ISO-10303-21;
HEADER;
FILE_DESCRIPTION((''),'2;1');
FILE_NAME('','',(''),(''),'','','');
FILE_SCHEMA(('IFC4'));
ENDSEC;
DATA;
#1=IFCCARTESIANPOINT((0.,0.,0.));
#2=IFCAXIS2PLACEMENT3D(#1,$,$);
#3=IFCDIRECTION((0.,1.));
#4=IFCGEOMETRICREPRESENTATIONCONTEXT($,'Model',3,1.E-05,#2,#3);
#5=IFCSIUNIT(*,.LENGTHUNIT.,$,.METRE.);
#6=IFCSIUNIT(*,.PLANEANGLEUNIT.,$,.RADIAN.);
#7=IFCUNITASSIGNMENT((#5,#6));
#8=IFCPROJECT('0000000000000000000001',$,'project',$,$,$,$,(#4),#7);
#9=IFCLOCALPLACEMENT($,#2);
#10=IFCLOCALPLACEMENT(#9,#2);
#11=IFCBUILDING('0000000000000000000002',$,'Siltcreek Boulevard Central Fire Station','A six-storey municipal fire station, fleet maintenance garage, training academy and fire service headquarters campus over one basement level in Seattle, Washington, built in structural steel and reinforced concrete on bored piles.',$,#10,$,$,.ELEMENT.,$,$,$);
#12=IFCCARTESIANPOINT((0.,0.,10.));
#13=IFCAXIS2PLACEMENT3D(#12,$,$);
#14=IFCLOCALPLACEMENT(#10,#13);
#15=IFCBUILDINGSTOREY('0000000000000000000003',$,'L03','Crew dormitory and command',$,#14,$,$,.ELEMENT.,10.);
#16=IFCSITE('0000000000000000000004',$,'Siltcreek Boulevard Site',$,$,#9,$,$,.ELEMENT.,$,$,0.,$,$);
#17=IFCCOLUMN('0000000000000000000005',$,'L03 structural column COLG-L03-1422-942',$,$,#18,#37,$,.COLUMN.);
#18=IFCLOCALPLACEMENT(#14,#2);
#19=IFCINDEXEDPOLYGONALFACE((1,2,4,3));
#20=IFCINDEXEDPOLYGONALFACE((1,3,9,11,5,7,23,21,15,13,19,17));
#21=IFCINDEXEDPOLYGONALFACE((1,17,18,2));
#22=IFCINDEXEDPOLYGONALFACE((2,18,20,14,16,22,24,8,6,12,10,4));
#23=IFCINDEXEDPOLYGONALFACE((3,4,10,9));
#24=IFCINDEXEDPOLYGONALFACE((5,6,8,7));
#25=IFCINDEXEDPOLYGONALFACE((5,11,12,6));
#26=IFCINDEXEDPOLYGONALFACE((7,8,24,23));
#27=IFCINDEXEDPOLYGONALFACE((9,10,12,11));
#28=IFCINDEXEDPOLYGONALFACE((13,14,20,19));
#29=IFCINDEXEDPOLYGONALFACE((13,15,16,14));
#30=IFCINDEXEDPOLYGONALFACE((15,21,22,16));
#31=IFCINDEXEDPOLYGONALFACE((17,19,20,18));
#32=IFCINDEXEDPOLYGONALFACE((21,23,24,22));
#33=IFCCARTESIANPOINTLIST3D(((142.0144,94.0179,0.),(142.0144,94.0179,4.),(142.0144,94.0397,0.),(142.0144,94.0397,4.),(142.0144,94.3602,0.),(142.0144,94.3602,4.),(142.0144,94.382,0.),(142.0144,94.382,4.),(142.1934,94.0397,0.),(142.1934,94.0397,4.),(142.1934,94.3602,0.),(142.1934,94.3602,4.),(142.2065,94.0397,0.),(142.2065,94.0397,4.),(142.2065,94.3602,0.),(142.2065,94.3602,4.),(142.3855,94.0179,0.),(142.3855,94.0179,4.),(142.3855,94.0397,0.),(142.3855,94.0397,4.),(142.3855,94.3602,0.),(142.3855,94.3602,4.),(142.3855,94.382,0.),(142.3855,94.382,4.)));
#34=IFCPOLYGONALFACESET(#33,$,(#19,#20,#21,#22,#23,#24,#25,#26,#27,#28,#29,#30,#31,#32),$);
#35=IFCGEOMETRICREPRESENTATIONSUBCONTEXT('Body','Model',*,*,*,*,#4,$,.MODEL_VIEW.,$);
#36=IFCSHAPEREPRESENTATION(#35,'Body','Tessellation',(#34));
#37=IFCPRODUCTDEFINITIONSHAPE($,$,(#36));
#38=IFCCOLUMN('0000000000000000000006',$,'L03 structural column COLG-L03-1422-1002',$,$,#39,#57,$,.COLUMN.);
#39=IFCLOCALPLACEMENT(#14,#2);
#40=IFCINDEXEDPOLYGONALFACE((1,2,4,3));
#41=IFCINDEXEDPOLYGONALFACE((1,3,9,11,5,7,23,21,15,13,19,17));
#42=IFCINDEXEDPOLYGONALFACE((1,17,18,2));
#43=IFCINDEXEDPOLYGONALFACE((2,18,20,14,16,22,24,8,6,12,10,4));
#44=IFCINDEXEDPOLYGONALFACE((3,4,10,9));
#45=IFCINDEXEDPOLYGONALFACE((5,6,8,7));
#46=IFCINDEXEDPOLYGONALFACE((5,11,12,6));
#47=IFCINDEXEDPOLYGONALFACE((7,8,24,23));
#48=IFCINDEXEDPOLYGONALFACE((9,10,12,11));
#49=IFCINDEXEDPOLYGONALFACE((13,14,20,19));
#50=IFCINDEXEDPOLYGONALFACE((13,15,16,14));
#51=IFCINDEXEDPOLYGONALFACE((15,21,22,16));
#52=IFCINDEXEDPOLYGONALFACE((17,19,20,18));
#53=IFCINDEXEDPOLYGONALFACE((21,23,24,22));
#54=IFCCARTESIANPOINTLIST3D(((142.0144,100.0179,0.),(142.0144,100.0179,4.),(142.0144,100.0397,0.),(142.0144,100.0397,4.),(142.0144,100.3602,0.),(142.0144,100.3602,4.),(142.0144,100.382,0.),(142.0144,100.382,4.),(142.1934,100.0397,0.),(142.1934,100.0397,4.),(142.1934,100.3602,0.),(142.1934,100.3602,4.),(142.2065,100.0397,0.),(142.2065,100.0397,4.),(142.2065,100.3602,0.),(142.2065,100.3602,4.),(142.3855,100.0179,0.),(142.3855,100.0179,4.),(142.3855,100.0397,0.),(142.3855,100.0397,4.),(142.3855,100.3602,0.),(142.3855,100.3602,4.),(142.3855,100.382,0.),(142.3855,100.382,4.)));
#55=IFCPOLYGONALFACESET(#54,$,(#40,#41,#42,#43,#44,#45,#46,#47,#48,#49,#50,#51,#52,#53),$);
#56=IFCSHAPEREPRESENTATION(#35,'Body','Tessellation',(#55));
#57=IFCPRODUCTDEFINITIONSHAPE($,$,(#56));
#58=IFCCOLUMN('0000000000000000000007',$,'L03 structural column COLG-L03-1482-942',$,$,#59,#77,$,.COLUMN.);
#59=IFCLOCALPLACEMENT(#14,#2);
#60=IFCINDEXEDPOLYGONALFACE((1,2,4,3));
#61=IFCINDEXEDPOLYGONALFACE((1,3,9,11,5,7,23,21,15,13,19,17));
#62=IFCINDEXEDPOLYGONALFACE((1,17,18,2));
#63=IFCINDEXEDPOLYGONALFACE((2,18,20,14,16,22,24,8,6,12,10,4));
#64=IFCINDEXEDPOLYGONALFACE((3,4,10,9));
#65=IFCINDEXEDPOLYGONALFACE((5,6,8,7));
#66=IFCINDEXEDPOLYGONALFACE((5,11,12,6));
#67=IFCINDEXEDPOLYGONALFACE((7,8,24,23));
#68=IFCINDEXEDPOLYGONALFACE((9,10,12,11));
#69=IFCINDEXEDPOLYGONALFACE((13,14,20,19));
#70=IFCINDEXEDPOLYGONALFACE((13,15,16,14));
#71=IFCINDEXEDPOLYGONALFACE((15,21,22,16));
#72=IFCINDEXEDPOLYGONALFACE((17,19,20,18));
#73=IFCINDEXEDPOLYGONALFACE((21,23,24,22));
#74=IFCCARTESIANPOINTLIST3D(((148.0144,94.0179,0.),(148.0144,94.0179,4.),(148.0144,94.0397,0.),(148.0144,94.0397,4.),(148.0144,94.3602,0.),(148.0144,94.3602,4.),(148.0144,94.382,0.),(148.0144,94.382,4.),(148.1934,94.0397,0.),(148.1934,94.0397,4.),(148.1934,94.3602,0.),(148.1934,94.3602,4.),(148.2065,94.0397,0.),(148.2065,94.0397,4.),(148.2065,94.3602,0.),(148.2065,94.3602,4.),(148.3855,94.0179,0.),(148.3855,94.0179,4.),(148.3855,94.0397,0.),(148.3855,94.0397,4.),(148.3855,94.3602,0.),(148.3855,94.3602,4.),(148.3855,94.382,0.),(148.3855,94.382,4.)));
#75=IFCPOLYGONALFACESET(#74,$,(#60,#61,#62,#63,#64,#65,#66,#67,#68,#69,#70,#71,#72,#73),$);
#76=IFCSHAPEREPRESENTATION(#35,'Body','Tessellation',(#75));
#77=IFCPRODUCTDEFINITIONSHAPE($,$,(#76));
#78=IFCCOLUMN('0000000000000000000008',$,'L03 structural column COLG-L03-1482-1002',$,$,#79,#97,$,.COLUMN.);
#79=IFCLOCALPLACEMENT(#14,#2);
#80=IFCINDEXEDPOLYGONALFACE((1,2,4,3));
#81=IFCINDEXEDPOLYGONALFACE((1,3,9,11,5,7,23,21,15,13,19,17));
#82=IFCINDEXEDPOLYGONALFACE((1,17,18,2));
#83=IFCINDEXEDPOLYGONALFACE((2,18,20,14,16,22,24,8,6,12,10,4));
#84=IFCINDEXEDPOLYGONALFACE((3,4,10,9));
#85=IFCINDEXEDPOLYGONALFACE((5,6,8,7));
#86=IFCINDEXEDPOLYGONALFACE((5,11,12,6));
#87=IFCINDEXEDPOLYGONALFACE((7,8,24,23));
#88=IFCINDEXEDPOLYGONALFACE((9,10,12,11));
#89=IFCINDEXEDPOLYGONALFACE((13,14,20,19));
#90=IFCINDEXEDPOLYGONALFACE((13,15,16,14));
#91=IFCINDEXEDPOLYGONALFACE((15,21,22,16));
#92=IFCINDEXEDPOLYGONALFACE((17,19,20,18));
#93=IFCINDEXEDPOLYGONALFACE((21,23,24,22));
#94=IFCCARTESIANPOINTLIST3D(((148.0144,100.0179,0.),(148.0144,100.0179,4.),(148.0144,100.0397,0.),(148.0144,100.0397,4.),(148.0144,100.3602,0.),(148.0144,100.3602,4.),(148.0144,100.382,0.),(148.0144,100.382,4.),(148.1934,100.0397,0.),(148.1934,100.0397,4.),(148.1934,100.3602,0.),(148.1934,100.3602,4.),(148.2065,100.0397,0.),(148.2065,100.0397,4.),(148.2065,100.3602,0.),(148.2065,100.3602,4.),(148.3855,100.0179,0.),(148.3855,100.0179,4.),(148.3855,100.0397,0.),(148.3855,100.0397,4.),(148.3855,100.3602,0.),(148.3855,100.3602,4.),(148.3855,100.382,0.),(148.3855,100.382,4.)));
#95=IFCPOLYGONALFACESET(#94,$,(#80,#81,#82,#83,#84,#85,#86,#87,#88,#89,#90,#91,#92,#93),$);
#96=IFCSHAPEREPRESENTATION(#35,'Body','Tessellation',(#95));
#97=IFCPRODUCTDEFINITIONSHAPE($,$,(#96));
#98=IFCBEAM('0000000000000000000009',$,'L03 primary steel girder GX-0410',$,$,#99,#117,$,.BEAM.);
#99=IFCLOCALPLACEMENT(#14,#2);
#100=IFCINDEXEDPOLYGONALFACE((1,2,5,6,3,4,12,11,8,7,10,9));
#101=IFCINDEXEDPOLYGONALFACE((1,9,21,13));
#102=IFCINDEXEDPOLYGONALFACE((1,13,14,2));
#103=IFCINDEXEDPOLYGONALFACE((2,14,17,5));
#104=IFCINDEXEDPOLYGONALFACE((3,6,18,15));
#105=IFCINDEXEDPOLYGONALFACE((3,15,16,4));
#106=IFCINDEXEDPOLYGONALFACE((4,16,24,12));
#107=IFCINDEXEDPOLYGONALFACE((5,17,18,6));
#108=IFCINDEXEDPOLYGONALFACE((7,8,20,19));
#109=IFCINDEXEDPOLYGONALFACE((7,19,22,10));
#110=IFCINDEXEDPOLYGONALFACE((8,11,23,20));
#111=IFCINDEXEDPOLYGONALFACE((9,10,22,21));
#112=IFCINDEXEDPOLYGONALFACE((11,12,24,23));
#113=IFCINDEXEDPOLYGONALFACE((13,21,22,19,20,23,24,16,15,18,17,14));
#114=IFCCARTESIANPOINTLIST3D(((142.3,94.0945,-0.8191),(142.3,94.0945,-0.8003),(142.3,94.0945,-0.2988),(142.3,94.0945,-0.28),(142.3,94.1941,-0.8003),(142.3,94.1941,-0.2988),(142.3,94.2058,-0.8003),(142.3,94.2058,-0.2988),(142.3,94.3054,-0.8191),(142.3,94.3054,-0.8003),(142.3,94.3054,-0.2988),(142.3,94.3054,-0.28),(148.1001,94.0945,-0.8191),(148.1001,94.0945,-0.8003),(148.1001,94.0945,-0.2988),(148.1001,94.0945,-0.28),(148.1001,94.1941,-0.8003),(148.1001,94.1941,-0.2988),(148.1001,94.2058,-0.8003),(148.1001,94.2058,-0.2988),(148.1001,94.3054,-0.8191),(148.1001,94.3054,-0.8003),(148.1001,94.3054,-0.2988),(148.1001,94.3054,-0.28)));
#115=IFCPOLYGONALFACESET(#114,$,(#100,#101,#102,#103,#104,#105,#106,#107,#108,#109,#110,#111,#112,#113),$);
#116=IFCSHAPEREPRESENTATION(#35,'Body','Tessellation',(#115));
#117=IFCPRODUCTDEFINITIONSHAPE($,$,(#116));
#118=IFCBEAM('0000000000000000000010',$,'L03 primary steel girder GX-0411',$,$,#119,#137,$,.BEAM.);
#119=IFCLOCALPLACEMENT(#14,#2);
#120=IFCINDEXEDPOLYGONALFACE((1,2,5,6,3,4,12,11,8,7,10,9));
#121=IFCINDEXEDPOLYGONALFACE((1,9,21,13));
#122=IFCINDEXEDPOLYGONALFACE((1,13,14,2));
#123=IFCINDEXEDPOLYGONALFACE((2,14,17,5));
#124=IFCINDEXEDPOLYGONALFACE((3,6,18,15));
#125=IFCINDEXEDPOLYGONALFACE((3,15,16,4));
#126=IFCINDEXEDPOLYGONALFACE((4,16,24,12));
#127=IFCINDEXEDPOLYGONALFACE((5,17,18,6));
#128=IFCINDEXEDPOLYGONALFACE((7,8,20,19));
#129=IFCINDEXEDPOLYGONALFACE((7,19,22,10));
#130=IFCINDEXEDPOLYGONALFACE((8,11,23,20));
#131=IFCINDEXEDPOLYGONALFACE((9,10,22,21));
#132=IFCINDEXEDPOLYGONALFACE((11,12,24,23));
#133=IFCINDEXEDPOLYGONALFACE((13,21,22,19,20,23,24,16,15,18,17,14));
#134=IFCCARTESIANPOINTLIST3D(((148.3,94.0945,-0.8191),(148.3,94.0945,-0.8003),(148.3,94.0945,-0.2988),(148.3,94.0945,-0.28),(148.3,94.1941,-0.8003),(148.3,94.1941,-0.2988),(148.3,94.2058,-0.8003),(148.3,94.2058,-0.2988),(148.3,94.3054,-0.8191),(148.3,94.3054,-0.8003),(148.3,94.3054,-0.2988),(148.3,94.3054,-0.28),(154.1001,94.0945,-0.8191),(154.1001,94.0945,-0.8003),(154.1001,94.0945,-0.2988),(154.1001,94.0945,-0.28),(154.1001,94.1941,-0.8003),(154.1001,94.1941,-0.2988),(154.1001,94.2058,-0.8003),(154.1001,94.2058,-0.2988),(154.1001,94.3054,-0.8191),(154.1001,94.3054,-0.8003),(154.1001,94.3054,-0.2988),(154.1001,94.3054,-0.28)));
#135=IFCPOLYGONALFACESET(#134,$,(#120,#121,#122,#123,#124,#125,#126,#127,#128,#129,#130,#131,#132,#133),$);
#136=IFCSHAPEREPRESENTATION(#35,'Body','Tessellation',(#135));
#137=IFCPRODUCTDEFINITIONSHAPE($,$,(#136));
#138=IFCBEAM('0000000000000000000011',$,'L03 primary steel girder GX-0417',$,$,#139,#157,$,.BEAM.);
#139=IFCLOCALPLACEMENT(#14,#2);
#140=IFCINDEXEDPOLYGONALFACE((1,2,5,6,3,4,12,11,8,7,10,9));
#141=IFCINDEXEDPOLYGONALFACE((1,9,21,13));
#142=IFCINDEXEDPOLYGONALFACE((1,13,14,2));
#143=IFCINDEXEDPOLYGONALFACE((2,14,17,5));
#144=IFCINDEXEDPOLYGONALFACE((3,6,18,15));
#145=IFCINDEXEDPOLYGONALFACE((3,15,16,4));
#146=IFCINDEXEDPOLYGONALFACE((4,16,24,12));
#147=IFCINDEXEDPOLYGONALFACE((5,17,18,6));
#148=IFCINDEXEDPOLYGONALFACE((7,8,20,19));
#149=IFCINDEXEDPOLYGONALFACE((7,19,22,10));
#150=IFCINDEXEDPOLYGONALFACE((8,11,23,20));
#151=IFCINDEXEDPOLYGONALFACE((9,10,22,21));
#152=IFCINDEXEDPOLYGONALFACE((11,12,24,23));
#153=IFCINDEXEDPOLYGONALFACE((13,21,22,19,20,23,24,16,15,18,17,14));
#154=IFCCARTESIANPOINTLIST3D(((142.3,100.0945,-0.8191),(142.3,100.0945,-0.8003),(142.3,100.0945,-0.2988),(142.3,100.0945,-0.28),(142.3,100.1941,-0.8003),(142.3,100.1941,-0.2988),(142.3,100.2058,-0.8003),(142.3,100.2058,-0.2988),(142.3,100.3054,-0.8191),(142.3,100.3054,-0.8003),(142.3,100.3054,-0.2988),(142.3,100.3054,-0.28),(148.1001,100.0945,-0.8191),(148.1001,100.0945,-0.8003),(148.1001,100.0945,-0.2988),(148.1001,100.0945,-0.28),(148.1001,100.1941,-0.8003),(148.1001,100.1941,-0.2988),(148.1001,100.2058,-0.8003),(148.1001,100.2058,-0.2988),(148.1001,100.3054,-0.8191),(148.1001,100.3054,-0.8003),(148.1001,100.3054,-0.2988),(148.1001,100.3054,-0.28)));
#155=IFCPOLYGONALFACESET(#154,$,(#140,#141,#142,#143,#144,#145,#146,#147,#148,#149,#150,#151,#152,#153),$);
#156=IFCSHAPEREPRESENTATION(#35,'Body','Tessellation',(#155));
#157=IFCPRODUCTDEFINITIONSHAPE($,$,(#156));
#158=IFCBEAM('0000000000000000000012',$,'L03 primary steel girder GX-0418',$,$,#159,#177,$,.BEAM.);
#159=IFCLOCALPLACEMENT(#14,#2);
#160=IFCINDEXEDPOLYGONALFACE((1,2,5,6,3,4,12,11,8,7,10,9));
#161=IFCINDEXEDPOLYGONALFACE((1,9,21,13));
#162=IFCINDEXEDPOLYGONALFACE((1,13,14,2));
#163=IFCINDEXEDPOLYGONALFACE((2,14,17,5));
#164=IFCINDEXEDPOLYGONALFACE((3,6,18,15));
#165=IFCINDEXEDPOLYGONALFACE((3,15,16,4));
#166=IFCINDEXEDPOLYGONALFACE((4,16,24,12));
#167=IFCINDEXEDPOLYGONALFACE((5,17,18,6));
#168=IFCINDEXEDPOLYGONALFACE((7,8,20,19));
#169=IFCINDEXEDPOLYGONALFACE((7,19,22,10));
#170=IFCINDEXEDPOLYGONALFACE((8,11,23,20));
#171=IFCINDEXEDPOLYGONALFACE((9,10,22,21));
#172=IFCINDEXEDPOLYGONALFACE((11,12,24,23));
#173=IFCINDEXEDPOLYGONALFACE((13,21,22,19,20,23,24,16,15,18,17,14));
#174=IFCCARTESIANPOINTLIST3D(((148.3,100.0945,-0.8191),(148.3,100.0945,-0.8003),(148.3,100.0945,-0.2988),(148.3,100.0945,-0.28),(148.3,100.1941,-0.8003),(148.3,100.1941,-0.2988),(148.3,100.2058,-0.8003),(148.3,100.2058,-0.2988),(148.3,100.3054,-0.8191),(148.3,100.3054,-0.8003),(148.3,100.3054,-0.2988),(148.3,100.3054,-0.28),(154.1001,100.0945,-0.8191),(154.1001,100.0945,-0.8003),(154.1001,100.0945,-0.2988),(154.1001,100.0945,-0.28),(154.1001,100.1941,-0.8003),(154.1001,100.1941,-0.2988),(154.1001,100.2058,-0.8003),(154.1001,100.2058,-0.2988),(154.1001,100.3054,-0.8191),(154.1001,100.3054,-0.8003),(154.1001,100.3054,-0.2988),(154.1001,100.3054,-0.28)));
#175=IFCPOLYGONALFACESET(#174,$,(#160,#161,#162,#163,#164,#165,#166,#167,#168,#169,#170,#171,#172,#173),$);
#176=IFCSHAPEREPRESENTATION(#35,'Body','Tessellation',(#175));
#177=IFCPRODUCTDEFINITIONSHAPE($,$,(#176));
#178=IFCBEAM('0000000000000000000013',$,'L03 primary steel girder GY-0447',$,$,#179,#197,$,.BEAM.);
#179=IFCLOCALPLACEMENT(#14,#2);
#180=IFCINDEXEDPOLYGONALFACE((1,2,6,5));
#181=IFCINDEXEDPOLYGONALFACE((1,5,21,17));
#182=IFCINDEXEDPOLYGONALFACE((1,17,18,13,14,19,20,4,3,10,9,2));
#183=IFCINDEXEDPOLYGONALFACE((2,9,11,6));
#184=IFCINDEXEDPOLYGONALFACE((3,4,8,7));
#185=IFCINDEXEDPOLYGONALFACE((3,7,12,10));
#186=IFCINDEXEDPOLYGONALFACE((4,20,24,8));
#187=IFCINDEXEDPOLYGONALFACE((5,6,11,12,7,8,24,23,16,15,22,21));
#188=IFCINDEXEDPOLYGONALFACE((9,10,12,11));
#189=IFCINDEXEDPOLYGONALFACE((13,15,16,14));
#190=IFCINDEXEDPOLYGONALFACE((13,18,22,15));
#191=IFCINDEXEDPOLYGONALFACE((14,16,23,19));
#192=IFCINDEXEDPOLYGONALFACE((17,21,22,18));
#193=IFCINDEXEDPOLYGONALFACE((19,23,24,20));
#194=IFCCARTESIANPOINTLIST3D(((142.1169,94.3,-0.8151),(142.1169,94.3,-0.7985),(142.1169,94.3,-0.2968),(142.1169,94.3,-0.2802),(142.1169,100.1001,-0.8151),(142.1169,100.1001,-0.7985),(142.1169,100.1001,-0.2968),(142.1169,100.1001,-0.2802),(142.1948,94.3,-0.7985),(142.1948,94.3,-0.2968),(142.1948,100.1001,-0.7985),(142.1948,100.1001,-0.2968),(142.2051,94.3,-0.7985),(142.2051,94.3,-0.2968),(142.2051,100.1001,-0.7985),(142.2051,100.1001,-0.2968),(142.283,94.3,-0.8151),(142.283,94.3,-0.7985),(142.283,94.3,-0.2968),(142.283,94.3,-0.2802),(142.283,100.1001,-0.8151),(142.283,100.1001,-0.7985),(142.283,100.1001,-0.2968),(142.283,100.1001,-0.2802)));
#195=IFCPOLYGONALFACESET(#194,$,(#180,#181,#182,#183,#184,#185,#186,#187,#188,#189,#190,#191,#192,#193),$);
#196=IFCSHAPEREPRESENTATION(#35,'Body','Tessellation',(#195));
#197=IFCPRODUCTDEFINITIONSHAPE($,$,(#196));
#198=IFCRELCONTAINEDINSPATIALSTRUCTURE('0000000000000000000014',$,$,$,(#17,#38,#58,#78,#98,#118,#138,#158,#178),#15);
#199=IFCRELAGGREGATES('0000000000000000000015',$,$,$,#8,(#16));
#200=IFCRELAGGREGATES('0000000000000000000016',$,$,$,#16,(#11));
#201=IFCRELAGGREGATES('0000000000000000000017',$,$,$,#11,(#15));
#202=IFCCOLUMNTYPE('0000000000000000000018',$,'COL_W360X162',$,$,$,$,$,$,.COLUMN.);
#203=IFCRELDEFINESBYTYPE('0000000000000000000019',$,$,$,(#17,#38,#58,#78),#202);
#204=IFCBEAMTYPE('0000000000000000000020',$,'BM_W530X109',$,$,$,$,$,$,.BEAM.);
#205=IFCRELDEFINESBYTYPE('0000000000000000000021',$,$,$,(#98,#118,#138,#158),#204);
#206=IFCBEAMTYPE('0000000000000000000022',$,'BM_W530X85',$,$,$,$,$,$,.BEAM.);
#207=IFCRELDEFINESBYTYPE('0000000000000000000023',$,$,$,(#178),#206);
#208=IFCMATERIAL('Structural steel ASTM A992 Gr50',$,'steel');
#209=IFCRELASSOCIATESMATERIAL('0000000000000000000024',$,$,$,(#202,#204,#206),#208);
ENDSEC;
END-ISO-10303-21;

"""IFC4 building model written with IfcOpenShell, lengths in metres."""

from ifc_helpers import new_model, si_unit, direction, frame, origin, origin_2d, place, context, subcontext, project, spatial, i_section, extrude, material, material_profile, profile_set, type_object, element, save


model = new_model("IFC4")

# Units and contexts
model_context = context("Model", 3, precision=1e-05, world=origin(), true_north=direction((0.0, 1.0)))
body_context = subcontext(model_context, "Body", "Model", "MODEL_VIEW")
ifc_project = project(units=[si_unit("LENGTHUNIT", "METRE"), si_unit("PLANEANGLEUNIT", "RADIAN")], contexts=[model_context])

# Site, building, storey
site_placement = place(None, origin())
site = spatial("IfcSite", under=ifc_project, at=site_placement, Name="Siltcreek Boulevard Site", CompositionType="ELEMENT", RefElevation=0.0)
building_placement = place(site_placement, origin())
building = spatial("IfcBuilding", under=site, at=building_placement, Name="Siltcreek Boulevard Central Fire Station", Description="A six-storey municipal fire station, fleet maintenance garage, training academy and fire service headquarters campus over one basement level in Seattle, Washington, built in structural steel and reinforced concrete on bored piles.", CompositionType="ELEMENT")
storey_placement = place(building_placement, frame((0.0, 0.0, 10.0)))
storey = spatial("IfcBuildingStorey", under=building, at=storey_placement, Name="L03", Description="Crew dormitory and command", CompositionType="ELEMENT", Elevation=10.0)

# Columns
ifc_material_1 = material(Name="Structural steel ASTM A992 Gr50", Category="steel")
ifc_material_profile_1 = material_profile(ifc_material_1, i_section(OverallWidth=0.3711, OverallDepth=0.364, WebThickness=0.0132, FlangeThickness=0.0217, at=origin_2d()), Name="W360X162")
ifc_profile_set_1 = profile_set([ifc_material_profile_1], Name="Structural steel ASTM A992 Gr50")
column_type = type_object("IfcColumnType", Name="COL_W360X162", PredefinedType="COLUMN", material=ifc_profile_set_1)
for number, where, z_axis, x_axis, name in (
    (1, (142.2, 94.2, 0.0), (0.0, 0.0, 1.0), (1.0, 0.0, 0.0), "L03 structural column COLG-L03-1422-942"),
    (2, (142.2, 100.2, 0.0), (0.0, 0.0, 1.0), (1.0, 0.0, 0.0), "L03 structural column COLG-L03-1422-1002"),
    (3, (148.2, 94.2, 0.0), (0.0, 0.0, 1.0), (1.0, 0.0, 0.0), "L03 structural column COLG-L03-1482-942"),
    (4, (148.2, 100.2, 0.0), (0.0, 0.0, 1.0), (1.0, 0.0, 0.0), "L03 structural column COLG-L03-1482-1002"),
):
    element("IfcColumn", number, at=place(storey_placement, frame(where, z_axis=z_axis, x_axis=x_axis)), inside=storey, type_object=column_type, Name=name, PredefinedType="COLUMN", context=body_context, shape_type="SweptSolid", body=[
        extrude(i_section(OverallWidth=0.3711, OverallDepth=0.364, WebThickness=0.0132, FlangeThickness=0.0217, at=origin_2d()), origin(), (0.0, 0.0, 1.0), 4.0),
    ])

# Beams
ifc_material_profile_2 = material_profile(ifc_material_1, i_section(OverallWidth=0.2109, OverallDepth=0.5391, WebThickness=0.0117, FlangeThickness=0.0188, at=origin_2d()), Name="W530X109")
ifc_profile_set_2 = profile_set([ifc_material_profile_2], Name="Structural steel ASTM A992 Gr50")
beam_type_1 = type_object("IfcBeamType", Name="BM_W530X109", PredefinedType="BEAM", material=ifc_profile_set_2)
for number, where, z_axis, x_axis, name in (
    (5, (142.3, 94.2, -0.5496), (1.0, 0.0, 0.0), (0.0, 1.0, 0.0), "L03 primary steel girder GX-0410"),
    (6, (148.3, 94.2, -0.5496), (1.0, 0.0, 0.0), (0.0, 1.0, 0.0), "L03 primary steel girder GX-0411"),
    (7, (142.3, 100.2, -0.5496), (1.0, 0.0, 0.0), (0.0, 1.0, 0.0), "L03 primary steel girder GX-0417"),
    (8, (148.3, 100.2, -0.5496), (1.0, 0.0, 0.0), (0.0, 1.0, 0.0), "L03 primary steel girder GX-0418"),
):
    element("IfcBeam", number, at=place(storey_placement, frame(where, z_axis=z_axis, x_axis=x_axis)), inside=storey, type_object=beam_type_1, Name=name, PredefinedType="BEAM", context=body_context, shape_type="SweptSolid", body=[
        extrude(i_section(OverallWidth=0.2109, OverallDepth=0.5391, WebThickness=0.0117, FlangeThickness=0.0188, at=origin_2d()), origin(), (0.0, 0.0, 1.0), 5.8),
    ])
ifc_material_profile_3 = material_profile(ifc_material_1, i_section(OverallWidth=0.166, OverallDepth=0.5349, WebThickness=0.0103, FlangeThickness=0.0166, at=origin_2d()), Name="W530X85")
ifc_profile_set_3 = profile_set([ifc_material_profile_3], Name="Structural steel ASTM A992 Gr50")
beam_type_2 = type_object("IfcBeamType", Name="BM_W530X85", PredefinedType="BEAM", material=ifc_profile_set_3)
for number, where, z_axis, x_axis, name in (
    (9, (142.2, 94.3, -0.5476), (0.0, 1.0, 0.0), (-1.0, 0.0, 0.0), "L03 primary steel girder GY-0447"),
):
    element("IfcBeam", number, at=place(storey_placement, frame(where, z_axis=z_axis, x_axis=x_axis)), inside=storey, type_object=beam_type_2, Name=name, PredefinedType="BEAM", context=body_context, shape_type="SweptSolid", body=[
        extrude(i_section(OverallWidth=0.166, OverallDepth=0.5349, WebThickness=0.0103, FlangeThickness=0.0166, at=origin_2d()), origin(), (0.0, 0.0, 1.0), 5.8),
    ])

save(model, "model.ifc")
